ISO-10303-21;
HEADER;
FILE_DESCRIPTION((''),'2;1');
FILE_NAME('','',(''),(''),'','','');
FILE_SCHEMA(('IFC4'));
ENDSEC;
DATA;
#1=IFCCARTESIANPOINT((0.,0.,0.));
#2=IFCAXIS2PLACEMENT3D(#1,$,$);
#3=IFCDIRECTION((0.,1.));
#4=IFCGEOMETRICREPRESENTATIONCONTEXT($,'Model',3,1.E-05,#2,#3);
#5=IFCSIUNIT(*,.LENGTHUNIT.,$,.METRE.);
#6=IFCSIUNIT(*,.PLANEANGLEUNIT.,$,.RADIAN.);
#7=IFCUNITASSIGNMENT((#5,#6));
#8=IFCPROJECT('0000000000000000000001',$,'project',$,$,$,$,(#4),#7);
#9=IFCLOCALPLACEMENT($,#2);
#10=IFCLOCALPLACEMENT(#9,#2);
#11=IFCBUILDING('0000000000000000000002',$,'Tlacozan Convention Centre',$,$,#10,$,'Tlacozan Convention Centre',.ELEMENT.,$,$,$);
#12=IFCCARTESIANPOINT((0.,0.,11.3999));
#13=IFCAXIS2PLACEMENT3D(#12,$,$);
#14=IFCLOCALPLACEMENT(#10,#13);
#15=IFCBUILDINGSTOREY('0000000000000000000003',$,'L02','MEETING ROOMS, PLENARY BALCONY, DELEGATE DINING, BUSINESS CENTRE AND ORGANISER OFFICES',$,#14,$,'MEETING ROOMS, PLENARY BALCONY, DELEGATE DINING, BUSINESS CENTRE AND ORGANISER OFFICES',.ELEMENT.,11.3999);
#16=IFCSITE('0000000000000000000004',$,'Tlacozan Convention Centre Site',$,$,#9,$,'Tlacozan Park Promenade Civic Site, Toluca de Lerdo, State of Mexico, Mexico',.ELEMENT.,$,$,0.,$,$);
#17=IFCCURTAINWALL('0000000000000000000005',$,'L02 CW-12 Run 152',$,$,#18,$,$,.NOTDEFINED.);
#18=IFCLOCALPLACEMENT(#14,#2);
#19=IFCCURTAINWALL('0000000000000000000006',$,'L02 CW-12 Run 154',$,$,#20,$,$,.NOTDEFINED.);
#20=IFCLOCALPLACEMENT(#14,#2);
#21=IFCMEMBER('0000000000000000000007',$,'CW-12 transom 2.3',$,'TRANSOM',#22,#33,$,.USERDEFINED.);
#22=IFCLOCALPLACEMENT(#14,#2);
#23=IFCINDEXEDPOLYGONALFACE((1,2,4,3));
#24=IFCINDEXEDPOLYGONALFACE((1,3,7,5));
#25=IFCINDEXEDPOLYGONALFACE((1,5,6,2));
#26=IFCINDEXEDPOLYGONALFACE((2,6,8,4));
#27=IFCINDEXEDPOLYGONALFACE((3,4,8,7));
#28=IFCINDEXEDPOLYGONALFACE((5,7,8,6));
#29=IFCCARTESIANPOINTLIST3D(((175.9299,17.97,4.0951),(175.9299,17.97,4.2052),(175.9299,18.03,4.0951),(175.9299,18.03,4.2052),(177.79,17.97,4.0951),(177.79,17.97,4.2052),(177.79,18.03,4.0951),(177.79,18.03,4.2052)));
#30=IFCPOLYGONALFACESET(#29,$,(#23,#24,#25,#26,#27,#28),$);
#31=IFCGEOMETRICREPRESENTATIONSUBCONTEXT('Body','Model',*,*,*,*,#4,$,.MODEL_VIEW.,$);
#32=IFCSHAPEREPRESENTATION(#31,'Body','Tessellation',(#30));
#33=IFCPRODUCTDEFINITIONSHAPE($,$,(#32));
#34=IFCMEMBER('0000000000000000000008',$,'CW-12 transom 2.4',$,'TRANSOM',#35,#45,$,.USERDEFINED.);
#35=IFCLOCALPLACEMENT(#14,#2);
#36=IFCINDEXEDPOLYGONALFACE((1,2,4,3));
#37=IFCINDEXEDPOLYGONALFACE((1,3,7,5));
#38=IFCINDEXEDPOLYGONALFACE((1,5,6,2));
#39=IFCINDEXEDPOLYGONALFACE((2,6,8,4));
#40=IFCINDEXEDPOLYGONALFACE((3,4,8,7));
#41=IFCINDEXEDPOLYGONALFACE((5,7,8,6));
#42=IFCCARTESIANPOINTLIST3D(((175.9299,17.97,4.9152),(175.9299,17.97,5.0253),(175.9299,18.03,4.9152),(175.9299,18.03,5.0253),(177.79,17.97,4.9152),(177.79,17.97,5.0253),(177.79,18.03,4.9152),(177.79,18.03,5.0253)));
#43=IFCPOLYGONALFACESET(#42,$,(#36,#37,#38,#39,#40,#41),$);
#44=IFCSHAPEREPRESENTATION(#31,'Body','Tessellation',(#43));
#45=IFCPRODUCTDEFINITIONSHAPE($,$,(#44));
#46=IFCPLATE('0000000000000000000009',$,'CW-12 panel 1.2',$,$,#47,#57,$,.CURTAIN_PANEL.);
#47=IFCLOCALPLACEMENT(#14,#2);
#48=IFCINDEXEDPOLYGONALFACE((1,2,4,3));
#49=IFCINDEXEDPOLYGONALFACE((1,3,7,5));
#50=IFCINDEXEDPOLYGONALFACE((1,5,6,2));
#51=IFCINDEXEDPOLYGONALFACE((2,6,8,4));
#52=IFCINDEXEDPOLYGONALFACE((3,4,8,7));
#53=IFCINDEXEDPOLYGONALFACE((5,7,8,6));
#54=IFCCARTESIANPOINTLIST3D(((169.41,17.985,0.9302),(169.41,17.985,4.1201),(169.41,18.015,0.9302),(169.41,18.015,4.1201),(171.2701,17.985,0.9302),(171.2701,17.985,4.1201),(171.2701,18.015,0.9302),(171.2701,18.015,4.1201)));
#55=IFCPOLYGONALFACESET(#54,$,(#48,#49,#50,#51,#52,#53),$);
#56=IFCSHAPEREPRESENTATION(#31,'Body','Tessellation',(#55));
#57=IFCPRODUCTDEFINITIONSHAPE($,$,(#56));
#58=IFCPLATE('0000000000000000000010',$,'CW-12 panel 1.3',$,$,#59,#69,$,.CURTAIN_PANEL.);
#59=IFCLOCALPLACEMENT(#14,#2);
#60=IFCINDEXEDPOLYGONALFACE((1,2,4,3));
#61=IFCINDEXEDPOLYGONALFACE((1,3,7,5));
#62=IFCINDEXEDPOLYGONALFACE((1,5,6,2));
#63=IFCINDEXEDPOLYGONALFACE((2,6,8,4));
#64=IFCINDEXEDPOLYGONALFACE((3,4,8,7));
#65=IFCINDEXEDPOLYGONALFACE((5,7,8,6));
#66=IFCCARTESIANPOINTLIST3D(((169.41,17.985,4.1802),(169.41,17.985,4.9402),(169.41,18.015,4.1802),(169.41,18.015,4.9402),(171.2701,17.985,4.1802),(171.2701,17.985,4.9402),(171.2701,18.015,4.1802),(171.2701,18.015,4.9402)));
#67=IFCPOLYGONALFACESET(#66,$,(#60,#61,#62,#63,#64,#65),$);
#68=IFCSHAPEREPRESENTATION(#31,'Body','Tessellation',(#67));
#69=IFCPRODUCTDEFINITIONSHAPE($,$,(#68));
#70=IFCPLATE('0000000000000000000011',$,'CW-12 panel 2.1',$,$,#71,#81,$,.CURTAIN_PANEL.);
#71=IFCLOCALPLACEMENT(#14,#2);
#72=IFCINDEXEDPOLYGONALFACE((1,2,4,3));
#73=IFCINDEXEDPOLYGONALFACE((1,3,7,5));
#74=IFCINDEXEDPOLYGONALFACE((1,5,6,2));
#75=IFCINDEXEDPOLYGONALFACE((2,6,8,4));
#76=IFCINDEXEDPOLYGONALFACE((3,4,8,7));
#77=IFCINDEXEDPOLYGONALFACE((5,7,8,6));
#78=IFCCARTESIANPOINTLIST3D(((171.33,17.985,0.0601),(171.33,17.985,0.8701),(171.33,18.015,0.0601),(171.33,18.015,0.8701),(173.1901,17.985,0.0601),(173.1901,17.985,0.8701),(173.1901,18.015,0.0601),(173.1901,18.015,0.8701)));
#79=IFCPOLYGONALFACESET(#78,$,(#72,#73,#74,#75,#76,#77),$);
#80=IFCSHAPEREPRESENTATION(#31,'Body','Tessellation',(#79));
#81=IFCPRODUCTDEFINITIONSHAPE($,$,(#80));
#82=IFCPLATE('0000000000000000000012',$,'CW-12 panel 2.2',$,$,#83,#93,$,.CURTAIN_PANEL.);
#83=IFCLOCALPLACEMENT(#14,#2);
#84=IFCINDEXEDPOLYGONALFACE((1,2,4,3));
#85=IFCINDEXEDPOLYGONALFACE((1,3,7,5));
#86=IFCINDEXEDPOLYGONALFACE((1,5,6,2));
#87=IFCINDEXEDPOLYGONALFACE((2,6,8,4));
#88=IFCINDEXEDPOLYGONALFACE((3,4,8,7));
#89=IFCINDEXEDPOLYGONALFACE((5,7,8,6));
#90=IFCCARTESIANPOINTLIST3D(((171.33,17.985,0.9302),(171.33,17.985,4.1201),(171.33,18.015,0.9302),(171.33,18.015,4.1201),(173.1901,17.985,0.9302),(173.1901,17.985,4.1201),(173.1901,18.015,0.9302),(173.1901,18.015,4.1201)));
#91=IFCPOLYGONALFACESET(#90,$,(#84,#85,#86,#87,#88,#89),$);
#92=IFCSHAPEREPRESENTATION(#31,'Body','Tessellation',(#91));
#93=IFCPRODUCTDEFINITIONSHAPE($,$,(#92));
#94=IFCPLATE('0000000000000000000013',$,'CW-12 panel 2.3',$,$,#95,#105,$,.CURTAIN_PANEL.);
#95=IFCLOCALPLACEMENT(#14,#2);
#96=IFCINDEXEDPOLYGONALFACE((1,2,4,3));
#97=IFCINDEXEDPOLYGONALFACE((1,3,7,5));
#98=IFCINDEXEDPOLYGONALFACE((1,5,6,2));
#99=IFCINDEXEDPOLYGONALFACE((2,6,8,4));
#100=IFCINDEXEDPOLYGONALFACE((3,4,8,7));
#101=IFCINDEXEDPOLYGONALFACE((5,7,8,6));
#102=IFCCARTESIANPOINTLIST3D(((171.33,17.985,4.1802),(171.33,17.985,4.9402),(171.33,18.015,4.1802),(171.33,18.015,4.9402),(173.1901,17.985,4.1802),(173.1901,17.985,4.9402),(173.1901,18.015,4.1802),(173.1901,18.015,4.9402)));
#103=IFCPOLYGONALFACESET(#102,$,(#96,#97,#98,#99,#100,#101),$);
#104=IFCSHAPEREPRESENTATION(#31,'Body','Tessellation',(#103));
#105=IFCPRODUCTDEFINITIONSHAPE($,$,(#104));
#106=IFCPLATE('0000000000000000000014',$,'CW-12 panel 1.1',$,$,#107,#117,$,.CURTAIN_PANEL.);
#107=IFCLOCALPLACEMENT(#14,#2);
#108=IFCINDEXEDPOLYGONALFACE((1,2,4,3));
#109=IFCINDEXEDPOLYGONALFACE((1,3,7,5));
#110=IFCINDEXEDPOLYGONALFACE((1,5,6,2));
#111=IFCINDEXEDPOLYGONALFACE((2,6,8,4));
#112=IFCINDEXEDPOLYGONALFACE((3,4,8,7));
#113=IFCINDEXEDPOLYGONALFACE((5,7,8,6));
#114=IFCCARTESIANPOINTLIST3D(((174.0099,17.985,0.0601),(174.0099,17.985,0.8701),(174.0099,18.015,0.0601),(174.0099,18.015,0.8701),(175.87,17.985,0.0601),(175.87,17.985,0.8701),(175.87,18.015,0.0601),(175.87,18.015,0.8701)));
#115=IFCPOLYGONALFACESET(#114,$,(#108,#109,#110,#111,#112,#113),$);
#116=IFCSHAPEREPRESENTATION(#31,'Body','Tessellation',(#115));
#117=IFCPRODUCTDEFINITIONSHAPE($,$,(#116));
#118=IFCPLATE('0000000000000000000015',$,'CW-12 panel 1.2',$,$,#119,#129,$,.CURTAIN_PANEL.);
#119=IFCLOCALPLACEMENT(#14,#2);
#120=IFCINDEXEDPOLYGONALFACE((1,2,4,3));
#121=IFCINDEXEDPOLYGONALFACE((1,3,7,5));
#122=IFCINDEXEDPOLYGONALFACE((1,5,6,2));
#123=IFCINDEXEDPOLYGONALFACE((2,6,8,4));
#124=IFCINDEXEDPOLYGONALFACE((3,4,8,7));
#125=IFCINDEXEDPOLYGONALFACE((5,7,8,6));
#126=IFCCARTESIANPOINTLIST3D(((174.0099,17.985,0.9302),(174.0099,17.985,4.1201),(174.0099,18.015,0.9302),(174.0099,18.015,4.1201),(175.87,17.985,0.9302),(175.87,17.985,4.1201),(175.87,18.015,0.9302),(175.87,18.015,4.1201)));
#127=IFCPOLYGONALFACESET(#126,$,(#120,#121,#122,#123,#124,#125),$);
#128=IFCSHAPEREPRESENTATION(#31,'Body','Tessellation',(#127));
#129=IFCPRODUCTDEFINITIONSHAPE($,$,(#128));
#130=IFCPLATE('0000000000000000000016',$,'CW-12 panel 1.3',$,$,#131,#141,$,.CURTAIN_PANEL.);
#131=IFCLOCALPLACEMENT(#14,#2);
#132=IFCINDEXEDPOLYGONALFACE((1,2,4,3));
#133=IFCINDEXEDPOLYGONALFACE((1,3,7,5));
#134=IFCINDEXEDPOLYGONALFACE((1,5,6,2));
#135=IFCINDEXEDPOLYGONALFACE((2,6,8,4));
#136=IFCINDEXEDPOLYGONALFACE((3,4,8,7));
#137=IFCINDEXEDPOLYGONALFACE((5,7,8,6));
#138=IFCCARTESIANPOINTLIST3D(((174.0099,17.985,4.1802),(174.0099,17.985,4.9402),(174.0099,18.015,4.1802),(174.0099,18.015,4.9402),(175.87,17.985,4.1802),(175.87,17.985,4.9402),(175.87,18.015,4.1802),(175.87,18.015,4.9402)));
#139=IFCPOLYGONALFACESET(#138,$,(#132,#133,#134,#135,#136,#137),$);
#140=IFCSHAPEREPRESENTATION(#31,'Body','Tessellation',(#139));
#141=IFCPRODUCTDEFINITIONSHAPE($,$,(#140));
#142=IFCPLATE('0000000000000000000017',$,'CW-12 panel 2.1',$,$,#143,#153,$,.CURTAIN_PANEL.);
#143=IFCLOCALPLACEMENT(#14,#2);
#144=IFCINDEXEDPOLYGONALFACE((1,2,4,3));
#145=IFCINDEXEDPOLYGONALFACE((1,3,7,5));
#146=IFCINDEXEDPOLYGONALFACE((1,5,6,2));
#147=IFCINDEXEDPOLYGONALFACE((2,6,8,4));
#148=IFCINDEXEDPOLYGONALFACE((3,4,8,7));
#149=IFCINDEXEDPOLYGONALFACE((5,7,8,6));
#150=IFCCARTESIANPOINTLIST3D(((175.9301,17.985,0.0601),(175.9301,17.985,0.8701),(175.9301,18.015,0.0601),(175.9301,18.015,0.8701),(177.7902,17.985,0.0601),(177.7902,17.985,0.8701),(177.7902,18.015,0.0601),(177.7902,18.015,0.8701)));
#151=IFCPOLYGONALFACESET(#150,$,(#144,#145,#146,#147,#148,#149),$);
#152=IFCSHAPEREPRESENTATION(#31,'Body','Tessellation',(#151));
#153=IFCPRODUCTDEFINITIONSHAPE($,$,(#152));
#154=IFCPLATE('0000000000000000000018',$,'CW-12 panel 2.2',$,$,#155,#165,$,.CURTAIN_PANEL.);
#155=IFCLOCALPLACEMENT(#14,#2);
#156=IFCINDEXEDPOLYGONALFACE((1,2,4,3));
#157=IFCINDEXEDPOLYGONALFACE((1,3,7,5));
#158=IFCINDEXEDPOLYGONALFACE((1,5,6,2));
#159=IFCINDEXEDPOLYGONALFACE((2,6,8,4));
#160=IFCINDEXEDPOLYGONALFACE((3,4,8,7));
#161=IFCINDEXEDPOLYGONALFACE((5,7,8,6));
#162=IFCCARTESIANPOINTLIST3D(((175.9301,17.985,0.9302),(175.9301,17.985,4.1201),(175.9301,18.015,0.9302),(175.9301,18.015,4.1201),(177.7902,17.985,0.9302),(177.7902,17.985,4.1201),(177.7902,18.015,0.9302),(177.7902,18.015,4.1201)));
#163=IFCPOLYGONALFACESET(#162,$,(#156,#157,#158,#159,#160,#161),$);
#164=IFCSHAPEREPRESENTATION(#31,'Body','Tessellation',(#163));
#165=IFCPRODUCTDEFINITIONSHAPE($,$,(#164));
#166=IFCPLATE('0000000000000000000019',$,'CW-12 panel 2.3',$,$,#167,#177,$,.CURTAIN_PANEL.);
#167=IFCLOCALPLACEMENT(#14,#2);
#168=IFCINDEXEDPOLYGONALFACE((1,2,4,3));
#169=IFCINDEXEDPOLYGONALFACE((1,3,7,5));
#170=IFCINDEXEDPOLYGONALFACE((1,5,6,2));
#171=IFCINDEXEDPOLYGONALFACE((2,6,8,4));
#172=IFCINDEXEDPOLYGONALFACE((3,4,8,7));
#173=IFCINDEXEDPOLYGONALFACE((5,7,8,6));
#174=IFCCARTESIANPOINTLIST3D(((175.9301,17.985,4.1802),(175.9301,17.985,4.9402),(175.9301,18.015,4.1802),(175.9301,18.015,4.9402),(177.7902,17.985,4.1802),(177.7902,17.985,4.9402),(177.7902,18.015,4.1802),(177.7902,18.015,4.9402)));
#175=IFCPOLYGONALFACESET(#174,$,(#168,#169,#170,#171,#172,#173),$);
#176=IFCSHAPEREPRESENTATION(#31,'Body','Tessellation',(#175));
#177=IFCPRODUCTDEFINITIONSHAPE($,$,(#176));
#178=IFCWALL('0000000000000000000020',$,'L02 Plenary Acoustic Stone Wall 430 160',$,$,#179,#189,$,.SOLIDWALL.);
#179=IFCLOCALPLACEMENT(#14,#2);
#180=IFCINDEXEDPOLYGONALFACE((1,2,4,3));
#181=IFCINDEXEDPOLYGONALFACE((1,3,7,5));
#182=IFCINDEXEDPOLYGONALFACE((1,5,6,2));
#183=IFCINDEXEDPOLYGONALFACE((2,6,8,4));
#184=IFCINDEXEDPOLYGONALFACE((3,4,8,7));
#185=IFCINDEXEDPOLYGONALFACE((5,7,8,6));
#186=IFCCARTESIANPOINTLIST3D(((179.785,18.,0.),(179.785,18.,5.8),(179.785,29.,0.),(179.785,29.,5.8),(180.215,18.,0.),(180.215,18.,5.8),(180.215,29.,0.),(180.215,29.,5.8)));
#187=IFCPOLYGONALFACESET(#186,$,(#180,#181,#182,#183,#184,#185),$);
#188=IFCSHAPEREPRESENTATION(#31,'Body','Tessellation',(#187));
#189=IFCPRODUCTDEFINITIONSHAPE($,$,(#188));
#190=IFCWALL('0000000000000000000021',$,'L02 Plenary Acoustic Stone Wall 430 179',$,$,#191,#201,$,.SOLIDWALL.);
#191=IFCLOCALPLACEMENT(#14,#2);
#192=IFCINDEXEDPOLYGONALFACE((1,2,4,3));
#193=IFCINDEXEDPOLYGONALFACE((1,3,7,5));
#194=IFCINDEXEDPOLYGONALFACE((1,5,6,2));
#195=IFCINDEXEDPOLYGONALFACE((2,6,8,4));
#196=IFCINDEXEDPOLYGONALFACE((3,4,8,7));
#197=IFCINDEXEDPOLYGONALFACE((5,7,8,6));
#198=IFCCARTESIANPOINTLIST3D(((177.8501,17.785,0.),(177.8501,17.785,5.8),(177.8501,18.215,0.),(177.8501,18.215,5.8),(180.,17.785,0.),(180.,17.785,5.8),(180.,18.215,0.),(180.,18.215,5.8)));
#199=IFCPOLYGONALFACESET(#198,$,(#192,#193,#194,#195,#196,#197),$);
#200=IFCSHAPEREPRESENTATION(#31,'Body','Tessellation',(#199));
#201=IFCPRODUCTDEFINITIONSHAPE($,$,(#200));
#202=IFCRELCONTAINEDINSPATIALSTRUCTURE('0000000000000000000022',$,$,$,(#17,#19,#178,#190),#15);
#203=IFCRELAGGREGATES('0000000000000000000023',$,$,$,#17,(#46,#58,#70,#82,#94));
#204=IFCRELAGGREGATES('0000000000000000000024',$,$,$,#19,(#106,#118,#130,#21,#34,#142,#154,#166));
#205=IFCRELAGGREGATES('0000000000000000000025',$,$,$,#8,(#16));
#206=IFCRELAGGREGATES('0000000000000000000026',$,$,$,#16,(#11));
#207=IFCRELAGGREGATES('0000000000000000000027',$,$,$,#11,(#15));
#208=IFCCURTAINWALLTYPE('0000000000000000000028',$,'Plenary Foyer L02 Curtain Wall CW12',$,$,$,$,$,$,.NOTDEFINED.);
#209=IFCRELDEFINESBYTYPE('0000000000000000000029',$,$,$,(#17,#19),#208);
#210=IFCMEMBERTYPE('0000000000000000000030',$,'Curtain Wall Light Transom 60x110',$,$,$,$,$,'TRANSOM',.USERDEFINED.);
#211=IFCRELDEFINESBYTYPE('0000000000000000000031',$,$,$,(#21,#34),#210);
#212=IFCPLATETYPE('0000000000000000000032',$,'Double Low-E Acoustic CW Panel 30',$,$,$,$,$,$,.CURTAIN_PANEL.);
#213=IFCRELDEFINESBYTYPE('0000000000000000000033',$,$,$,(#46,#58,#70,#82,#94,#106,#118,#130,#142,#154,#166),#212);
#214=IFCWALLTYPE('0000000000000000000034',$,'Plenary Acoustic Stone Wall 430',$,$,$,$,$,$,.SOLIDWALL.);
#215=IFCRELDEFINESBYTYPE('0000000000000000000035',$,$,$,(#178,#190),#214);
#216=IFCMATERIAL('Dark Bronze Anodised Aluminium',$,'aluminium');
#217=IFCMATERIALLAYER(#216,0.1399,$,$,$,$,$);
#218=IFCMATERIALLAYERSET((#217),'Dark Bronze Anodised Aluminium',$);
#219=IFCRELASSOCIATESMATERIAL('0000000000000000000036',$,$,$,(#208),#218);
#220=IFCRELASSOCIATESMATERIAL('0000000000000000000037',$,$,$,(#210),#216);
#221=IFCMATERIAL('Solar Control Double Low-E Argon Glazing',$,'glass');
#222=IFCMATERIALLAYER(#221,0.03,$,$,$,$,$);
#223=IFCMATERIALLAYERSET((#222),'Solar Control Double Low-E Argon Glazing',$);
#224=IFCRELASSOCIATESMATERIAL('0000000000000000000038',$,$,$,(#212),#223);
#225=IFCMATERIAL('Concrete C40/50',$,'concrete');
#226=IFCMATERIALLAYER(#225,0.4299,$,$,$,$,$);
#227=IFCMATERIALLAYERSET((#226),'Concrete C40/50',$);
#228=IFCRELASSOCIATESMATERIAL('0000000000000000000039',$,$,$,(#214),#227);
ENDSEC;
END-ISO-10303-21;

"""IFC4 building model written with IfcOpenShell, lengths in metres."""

from ifc_helpers import new_model, si_unit, direction, frame, frame_2d, origin, origin_2d, place, context, subcontext, project, spatial, rectangle, extrude, material, layer, layer_set, material_profile, profile_set, type_object, element, aggregate, save


model = new_model("IFC4")

# Units and contexts
model_context = context("Model", 3, precision=1e-05, world=origin(), true_north=direction((0.0, 1.0)))
body_context = subcontext(model_context, "Body", "Model", "MODEL_VIEW")
ifc_project = project(units=[si_unit("LENGTHUNIT", "METRE"), si_unit("PLANEANGLEUNIT", "RADIAN")], contexts=[model_context])

# Site, building, storey
site_placement = place(None, origin())
site = spatial("IfcSite", under=ifc_project, at=site_placement, Name="Tlacozan Convention Centre Site", LongName="Tlacozan Park Promenade Civic Site, Toluca de Lerdo, State of Mexico, Mexico", CompositionType="ELEMENT", RefElevation=0.0)
building_placement = place(site_placement, origin())
building = spatial("IfcBuilding", under=site, at=building_placement, Name="Tlacozan Convention Centre", LongName="Tlacozan Convention Centre", CompositionType="ELEMENT")
storey_placement = place(building_placement, frame((0.0, 0.0, 11.3999)))
storey = spatial("IfcBuildingStorey", under=building, at=storey_placement, Name="L02", Description="MEETING ROOMS, PLENARY BALCONY, DELEGATE DINING, BUSINESS CENTRE AND ORGANISER OFFICES", LongName="MEETING ROOMS, PLENARY BALCONY, DELEGATE DINING, BUSINESS CENTRE AND ORGANISER OFFICES", CompositionType="ELEMENT", Elevation=11.3999)

# Curtain walls
ifc_material_1 = material(Name="Dark Bronze Anodised Aluminium", Category="aluminium")
ifc_layer_1 = layer(ifc_material_1, 0.1399)
ifc_layer_set_1 = layer_set([ifc_layer_1], Name="Dark Bronze Anodised Aluminium")
curtain_wall_type = type_object("IfcCurtainWallType", Name="Plenary Foyer L02 Curtain Wall CW12", PredefinedType="NOTDEFINED", material=ifc_layer_set_1)
curtain_wall_1_placement = place(storey_placement, origin())
curtain_wall_1 = element("IfcCurtainWall", 1, at=curtain_wall_1_placement, inside=storey, type_object=curtain_wall_type, Name="L02 CW-12 Run 152", PredefinedType="NOTDEFINED")
curtain_wall_2_placement = place(storey_placement, origin())
curtain_wall_2 = element("IfcCurtainWall", 2, at=curtain_wall_2_placement, inside=storey, type_object=curtain_wall_type, Name="L02 CW-12 Run 154", PredefinedType="NOTDEFINED")

# Members
ifc_material_profile_1 = material_profile(ifc_material_1, rectangle(XDim=0.0601, YDim=0.1101, at=origin_2d()), Name="ALU 60x110")
ifc_profile_set_1 = profile_set([ifc_material_profile_1], Name="Dark Bronze Anodised Aluminium")
member_type_1 = type_object("IfcMemberType", Name="Curtain Wall Light Transom 60x110", ElementType="TRANSOM", PredefinedType="USERDEFINED", material=ifc_profile_set_1)
member_1_placement = place(storey_placement, frame((175.9299, 18.0, 4.1501), z_axis=(1.0, 0.0, 0.0), x_axis=(0.0, 1.0, 0.0)))
member_1 = element("IfcMember", 3, at=member_1_placement, type_object=member_type_1, Name="CW-12 transom 2.3", ObjectType="TRANSOM", PredefinedType="USERDEFINED", context=body_context, shape_type="SweptSolid", body=[
    extrude(rectangle(XDim=0.0601, YDim=0.1101, at=origin_2d()), origin(), (0.0, 0.0, 1.0), 1.8601),
])
member_2_placement = place(storey_placement, frame((175.9299, 18.0, 4.9702), z_axis=(1.0, 0.0, 0.0), x_axis=(0.0, 1.0, 0.0)))
member_2 = element("IfcMember", 4, at=member_2_placement, type_object=member_type_1, Name="CW-12 transom 2.4", ObjectType="TRANSOM", PredefinedType="USERDEFINED", context=body_context, shape_type="SweptSolid", body=[
    extrude(rectangle(XDim=0.0601, YDim=0.1101, at=origin_2d()), origin(), (0.0, 0.0, 1.0), 1.8601),
])

# Plates
ifc_material_2 = material(Name="Solar Control Double Low-E Argon Glazing", Category="glass")
ifc_layer_2 = layer(ifc_material_2, 0.03)
ifc_layer_set_2 = layer_set([ifc_layer_2], Name="Solar Control Double Low-E Argon Glazing")
plate_type = type_object("IfcPlateType", Name="Double Low-E Acoustic CW Panel 30", PredefinedType="CURTAIN_PANEL", material=ifc_layer_set_2)
plate_1_placement = place(storey_placement, frame((170.3401, 18.0, 0.9302), z_axis=(0.0, 0.0, 1.0), x_axis=(1.0, 0.0, 0.0)))
plate_1 = element("IfcPlate", 5, at=plate_1_placement, type_object=plate_type, Name="CW-12 panel 1.2", PredefinedType="CURTAIN_PANEL", context=body_context, shape_type="SweptSolid", body=[
    extrude(rectangle(XDim=1.8601, YDim=0.03, at=origin_2d()), origin(), (0.0, 0.0, 1.0), 3.1899),
])
plate_2_placement = place(storey_placement, frame((170.3401, 18.0, 4.1802), z_axis=(0.0, 0.0, 1.0), x_axis=(1.0, 0.0, 0.0)))
plate_2 = element("IfcPlate", 6, at=plate_2_placement, type_object=plate_type, Name="CW-12 panel 1.3", PredefinedType="CURTAIN_PANEL", context=body_context, shape_type="SweptSolid", body=[
    extrude(rectangle(XDim=1.8601, YDim=0.03, at=origin_2d()), origin(), (0.0, 0.0, 1.0), 0.76),
])
plate_3_placement = place(storey_placement, frame((172.26, 18.0, 0.0601), z_axis=(0.0, 0.0, 1.0), x_axis=(1.0, 0.0, 0.0)))
plate_3 = element("IfcPlate", 7, at=plate_3_placement, type_object=plate_type, Name="CW-12 panel 2.1", PredefinedType="CURTAIN_PANEL", context=body_context, shape_type="SweptSolid", body=[
    extrude(rectangle(XDim=1.8601, YDim=0.03, at=origin_2d()), origin(), (0.0, 0.0, 1.0), 0.8101),
])
plate_4_placement = place(storey_placement, frame((172.26, 18.0, 0.9302), z_axis=(0.0, 0.0, 1.0), x_axis=(1.0, 0.0, 0.0)))
plate_4 = element("IfcPlate", 8, at=plate_4_placement, type_object=plate_type, Name="CW-12 panel 2.2", PredefinedType="CURTAIN_PANEL", context=body_context, shape_type="SweptSolid", body=[
    extrude(rectangle(XDim=1.8601, YDim=0.03, at=origin_2d()), origin(), (0.0, 0.0, 1.0), 3.1899),
])
plate_5_placement = place(storey_placement, frame((172.26, 18.0, 4.1802), z_axis=(0.0, 0.0, 1.0), x_axis=(1.0, 0.0, 0.0)))
plate_5 = element("IfcPlate", 9, at=plate_5_placement, type_object=plate_type, Name="CW-12 panel 2.3", PredefinedType="CURTAIN_PANEL", context=body_context, shape_type="SweptSolid", body=[
    extrude(rectangle(XDim=1.8601, YDim=0.03, at=origin_2d()), origin(), (0.0, 0.0, 1.0), 0.76),
])
aggregate(curtain_wall_1, [plate_1, plate_2, plate_3, plate_4, plate_5])
plate_6_placement = place(storey_placement, frame((174.9399, 18.0, 0.0601), z_axis=(0.0, 0.0, 1.0), x_axis=(1.0, 0.0, 0.0)))
plate_6 = element("IfcPlate", 10, at=plate_6_placement, type_object=plate_type, Name="CW-12 panel 1.1", PredefinedType="CURTAIN_PANEL", context=body_context, shape_type="SweptSolid", body=[
    extrude(rectangle(XDim=1.8601, YDim=0.03, at=origin_2d()), origin(), (0.0, 0.0, 1.0), 0.8101),
])
plate_7_placement = place(storey_placement, frame((174.9399, 18.0, 0.9302), z_axis=(0.0, 0.0, 1.0), x_axis=(1.0, 0.0, 0.0)))
plate_7 = element("IfcPlate", 11, at=plate_7_placement, type_object=plate_type, Name="CW-12 panel 1.2", PredefinedType="CURTAIN_PANEL", context=body_context, shape_type="SweptSolid", body=[
    extrude(rectangle(XDim=1.8601, YDim=0.03, at=origin_2d()), origin(), (0.0, 0.0, 1.0), 3.1899),
])
plate_8_placement = place(storey_placement, frame((174.9399, 18.0, 4.1802), z_axis=(0.0, 0.0, 1.0), x_axis=(1.0, 0.0, 0.0)))
plate_8 = element("IfcPlate", 12, at=plate_8_placement, type_object=plate_type, Name="CW-12 panel 1.3", PredefinedType="CURTAIN_PANEL", context=body_context, shape_type="SweptSolid", body=[
    extrude(rectangle(XDim=1.8601, YDim=0.03, at=origin_2d()), origin(), (0.0, 0.0, 1.0), 0.76),
])
plate_9_placement = place(storey_placement, frame((176.8601, 18.0, 0.0601), z_axis=(0.0, 0.0, 1.0), x_axis=(1.0, 0.0, 0.0)))
plate_9 = element("IfcPlate", 13, at=plate_9_placement, type_object=plate_type, Name="CW-12 panel 2.1", PredefinedType="CURTAIN_PANEL", context=body_context, shape_type="SweptSolid", body=[
    extrude(rectangle(XDim=1.8601, YDim=0.03, at=origin_2d()), origin(), (0.0, 0.0, 1.0), 0.8101),
])
plate_10_placement = place(storey_placement, frame((176.8601, 18.0, 0.9302), z_axis=(0.0, 0.0, 1.0), x_axis=(1.0, 0.0, 0.0)))
plate_10 = element("IfcPlate", 14, at=plate_10_placement, type_object=plate_type, Name="CW-12 panel 2.2", PredefinedType="CURTAIN_PANEL", context=body_context, shape_type="SweptSolid", body=[
    extrude(rectangle(XDim=1.8601, YDim=0.03, at=origin_2d()), origin(), (0.0, 0.0, 1.0), 3.1899),
])
plate_11_placement = place(storey_placement, frame((176.8601, 18.0, 4.1802), z_axis=(0.0, 0.0, 1.0), x_axis=(1.0, 0.0, 0.0)))
plate_11 = element("IfcPlate", 15, at=plate_11_placement, type_object=plate_type, Name="CW-12 panel 2.3", PredefinedType="CURTAIN_PANEL", context=body_context, shape_type="SweptSolid", body=[
    extrude(rectangle(XDim=1.8601, YDim=0.03, at=origin_2d()), origin(), (0.0, 0.0, 1.0), 0.76),
])
aggregate(curtain_wall_2, [plate_6, plate_7, plate_8, member_1, member_2, plate_9, plate_10, plate_11])

# Walls
ifc_material_3 = material(Name="Concrete C40/50", Category="concrete")
ifc_layer_3 = layer(ifc_material_3, 0.4299)
ifc_layer_set_3 = layer_set([ifc_layer_3], Name="Concrete C40/50")
wall_type = type_object("IfcWallType", Name="Plenary Acoustic Stone Wall 430", PredefinedType="SOLIDWALL", material=ifc_layer_set_3)
wall_1_placement = place(storey_placement, frame((180.0, 18.0, 0.0), z_axis=(0.0, 0.0, 1.0), x_axis=(0.0, 1.0, 0.0)))
element("IfcWall", 16, at=wall_1_placement, inside=storey, type_object=wall_type, Name="L02 Plenary Acoustic Stone Wall 430 160", PredefinedType="SOLIDWALL", context=body_context, shape_type="SweptSolid", body=[
    extrude(rectangle(XDim=11.0, YDim=0.4299, at=frame_2d((5.5, 0.0))), origin(), (0.0, 0.0, 1.0), 5.8),
])
wall_2_placement = place(storey_placement, frame((177.8501, 18.0, 0.0), z_axis=(0.0, 0.0, 1.0), x_axis=(1.0, 0.0, 0.0)))
element("IfcWall", 17, at=wall_2_placement, inside=storey, type_object=wall_type, Name="L02 Plenary Acoustic Stone Wall 430 179", PredefinedType="SOLIDWALL", context=body_context, shape_type="SweptSolid", body=[
    extrude(rectangle(XDim=2.1499, YDim=0.4299, at=frame_2d((1.075, 0.0))), origin(), (0.0, 0.0, 1.0), 5.8),
])

save(model, "model.ifc")
